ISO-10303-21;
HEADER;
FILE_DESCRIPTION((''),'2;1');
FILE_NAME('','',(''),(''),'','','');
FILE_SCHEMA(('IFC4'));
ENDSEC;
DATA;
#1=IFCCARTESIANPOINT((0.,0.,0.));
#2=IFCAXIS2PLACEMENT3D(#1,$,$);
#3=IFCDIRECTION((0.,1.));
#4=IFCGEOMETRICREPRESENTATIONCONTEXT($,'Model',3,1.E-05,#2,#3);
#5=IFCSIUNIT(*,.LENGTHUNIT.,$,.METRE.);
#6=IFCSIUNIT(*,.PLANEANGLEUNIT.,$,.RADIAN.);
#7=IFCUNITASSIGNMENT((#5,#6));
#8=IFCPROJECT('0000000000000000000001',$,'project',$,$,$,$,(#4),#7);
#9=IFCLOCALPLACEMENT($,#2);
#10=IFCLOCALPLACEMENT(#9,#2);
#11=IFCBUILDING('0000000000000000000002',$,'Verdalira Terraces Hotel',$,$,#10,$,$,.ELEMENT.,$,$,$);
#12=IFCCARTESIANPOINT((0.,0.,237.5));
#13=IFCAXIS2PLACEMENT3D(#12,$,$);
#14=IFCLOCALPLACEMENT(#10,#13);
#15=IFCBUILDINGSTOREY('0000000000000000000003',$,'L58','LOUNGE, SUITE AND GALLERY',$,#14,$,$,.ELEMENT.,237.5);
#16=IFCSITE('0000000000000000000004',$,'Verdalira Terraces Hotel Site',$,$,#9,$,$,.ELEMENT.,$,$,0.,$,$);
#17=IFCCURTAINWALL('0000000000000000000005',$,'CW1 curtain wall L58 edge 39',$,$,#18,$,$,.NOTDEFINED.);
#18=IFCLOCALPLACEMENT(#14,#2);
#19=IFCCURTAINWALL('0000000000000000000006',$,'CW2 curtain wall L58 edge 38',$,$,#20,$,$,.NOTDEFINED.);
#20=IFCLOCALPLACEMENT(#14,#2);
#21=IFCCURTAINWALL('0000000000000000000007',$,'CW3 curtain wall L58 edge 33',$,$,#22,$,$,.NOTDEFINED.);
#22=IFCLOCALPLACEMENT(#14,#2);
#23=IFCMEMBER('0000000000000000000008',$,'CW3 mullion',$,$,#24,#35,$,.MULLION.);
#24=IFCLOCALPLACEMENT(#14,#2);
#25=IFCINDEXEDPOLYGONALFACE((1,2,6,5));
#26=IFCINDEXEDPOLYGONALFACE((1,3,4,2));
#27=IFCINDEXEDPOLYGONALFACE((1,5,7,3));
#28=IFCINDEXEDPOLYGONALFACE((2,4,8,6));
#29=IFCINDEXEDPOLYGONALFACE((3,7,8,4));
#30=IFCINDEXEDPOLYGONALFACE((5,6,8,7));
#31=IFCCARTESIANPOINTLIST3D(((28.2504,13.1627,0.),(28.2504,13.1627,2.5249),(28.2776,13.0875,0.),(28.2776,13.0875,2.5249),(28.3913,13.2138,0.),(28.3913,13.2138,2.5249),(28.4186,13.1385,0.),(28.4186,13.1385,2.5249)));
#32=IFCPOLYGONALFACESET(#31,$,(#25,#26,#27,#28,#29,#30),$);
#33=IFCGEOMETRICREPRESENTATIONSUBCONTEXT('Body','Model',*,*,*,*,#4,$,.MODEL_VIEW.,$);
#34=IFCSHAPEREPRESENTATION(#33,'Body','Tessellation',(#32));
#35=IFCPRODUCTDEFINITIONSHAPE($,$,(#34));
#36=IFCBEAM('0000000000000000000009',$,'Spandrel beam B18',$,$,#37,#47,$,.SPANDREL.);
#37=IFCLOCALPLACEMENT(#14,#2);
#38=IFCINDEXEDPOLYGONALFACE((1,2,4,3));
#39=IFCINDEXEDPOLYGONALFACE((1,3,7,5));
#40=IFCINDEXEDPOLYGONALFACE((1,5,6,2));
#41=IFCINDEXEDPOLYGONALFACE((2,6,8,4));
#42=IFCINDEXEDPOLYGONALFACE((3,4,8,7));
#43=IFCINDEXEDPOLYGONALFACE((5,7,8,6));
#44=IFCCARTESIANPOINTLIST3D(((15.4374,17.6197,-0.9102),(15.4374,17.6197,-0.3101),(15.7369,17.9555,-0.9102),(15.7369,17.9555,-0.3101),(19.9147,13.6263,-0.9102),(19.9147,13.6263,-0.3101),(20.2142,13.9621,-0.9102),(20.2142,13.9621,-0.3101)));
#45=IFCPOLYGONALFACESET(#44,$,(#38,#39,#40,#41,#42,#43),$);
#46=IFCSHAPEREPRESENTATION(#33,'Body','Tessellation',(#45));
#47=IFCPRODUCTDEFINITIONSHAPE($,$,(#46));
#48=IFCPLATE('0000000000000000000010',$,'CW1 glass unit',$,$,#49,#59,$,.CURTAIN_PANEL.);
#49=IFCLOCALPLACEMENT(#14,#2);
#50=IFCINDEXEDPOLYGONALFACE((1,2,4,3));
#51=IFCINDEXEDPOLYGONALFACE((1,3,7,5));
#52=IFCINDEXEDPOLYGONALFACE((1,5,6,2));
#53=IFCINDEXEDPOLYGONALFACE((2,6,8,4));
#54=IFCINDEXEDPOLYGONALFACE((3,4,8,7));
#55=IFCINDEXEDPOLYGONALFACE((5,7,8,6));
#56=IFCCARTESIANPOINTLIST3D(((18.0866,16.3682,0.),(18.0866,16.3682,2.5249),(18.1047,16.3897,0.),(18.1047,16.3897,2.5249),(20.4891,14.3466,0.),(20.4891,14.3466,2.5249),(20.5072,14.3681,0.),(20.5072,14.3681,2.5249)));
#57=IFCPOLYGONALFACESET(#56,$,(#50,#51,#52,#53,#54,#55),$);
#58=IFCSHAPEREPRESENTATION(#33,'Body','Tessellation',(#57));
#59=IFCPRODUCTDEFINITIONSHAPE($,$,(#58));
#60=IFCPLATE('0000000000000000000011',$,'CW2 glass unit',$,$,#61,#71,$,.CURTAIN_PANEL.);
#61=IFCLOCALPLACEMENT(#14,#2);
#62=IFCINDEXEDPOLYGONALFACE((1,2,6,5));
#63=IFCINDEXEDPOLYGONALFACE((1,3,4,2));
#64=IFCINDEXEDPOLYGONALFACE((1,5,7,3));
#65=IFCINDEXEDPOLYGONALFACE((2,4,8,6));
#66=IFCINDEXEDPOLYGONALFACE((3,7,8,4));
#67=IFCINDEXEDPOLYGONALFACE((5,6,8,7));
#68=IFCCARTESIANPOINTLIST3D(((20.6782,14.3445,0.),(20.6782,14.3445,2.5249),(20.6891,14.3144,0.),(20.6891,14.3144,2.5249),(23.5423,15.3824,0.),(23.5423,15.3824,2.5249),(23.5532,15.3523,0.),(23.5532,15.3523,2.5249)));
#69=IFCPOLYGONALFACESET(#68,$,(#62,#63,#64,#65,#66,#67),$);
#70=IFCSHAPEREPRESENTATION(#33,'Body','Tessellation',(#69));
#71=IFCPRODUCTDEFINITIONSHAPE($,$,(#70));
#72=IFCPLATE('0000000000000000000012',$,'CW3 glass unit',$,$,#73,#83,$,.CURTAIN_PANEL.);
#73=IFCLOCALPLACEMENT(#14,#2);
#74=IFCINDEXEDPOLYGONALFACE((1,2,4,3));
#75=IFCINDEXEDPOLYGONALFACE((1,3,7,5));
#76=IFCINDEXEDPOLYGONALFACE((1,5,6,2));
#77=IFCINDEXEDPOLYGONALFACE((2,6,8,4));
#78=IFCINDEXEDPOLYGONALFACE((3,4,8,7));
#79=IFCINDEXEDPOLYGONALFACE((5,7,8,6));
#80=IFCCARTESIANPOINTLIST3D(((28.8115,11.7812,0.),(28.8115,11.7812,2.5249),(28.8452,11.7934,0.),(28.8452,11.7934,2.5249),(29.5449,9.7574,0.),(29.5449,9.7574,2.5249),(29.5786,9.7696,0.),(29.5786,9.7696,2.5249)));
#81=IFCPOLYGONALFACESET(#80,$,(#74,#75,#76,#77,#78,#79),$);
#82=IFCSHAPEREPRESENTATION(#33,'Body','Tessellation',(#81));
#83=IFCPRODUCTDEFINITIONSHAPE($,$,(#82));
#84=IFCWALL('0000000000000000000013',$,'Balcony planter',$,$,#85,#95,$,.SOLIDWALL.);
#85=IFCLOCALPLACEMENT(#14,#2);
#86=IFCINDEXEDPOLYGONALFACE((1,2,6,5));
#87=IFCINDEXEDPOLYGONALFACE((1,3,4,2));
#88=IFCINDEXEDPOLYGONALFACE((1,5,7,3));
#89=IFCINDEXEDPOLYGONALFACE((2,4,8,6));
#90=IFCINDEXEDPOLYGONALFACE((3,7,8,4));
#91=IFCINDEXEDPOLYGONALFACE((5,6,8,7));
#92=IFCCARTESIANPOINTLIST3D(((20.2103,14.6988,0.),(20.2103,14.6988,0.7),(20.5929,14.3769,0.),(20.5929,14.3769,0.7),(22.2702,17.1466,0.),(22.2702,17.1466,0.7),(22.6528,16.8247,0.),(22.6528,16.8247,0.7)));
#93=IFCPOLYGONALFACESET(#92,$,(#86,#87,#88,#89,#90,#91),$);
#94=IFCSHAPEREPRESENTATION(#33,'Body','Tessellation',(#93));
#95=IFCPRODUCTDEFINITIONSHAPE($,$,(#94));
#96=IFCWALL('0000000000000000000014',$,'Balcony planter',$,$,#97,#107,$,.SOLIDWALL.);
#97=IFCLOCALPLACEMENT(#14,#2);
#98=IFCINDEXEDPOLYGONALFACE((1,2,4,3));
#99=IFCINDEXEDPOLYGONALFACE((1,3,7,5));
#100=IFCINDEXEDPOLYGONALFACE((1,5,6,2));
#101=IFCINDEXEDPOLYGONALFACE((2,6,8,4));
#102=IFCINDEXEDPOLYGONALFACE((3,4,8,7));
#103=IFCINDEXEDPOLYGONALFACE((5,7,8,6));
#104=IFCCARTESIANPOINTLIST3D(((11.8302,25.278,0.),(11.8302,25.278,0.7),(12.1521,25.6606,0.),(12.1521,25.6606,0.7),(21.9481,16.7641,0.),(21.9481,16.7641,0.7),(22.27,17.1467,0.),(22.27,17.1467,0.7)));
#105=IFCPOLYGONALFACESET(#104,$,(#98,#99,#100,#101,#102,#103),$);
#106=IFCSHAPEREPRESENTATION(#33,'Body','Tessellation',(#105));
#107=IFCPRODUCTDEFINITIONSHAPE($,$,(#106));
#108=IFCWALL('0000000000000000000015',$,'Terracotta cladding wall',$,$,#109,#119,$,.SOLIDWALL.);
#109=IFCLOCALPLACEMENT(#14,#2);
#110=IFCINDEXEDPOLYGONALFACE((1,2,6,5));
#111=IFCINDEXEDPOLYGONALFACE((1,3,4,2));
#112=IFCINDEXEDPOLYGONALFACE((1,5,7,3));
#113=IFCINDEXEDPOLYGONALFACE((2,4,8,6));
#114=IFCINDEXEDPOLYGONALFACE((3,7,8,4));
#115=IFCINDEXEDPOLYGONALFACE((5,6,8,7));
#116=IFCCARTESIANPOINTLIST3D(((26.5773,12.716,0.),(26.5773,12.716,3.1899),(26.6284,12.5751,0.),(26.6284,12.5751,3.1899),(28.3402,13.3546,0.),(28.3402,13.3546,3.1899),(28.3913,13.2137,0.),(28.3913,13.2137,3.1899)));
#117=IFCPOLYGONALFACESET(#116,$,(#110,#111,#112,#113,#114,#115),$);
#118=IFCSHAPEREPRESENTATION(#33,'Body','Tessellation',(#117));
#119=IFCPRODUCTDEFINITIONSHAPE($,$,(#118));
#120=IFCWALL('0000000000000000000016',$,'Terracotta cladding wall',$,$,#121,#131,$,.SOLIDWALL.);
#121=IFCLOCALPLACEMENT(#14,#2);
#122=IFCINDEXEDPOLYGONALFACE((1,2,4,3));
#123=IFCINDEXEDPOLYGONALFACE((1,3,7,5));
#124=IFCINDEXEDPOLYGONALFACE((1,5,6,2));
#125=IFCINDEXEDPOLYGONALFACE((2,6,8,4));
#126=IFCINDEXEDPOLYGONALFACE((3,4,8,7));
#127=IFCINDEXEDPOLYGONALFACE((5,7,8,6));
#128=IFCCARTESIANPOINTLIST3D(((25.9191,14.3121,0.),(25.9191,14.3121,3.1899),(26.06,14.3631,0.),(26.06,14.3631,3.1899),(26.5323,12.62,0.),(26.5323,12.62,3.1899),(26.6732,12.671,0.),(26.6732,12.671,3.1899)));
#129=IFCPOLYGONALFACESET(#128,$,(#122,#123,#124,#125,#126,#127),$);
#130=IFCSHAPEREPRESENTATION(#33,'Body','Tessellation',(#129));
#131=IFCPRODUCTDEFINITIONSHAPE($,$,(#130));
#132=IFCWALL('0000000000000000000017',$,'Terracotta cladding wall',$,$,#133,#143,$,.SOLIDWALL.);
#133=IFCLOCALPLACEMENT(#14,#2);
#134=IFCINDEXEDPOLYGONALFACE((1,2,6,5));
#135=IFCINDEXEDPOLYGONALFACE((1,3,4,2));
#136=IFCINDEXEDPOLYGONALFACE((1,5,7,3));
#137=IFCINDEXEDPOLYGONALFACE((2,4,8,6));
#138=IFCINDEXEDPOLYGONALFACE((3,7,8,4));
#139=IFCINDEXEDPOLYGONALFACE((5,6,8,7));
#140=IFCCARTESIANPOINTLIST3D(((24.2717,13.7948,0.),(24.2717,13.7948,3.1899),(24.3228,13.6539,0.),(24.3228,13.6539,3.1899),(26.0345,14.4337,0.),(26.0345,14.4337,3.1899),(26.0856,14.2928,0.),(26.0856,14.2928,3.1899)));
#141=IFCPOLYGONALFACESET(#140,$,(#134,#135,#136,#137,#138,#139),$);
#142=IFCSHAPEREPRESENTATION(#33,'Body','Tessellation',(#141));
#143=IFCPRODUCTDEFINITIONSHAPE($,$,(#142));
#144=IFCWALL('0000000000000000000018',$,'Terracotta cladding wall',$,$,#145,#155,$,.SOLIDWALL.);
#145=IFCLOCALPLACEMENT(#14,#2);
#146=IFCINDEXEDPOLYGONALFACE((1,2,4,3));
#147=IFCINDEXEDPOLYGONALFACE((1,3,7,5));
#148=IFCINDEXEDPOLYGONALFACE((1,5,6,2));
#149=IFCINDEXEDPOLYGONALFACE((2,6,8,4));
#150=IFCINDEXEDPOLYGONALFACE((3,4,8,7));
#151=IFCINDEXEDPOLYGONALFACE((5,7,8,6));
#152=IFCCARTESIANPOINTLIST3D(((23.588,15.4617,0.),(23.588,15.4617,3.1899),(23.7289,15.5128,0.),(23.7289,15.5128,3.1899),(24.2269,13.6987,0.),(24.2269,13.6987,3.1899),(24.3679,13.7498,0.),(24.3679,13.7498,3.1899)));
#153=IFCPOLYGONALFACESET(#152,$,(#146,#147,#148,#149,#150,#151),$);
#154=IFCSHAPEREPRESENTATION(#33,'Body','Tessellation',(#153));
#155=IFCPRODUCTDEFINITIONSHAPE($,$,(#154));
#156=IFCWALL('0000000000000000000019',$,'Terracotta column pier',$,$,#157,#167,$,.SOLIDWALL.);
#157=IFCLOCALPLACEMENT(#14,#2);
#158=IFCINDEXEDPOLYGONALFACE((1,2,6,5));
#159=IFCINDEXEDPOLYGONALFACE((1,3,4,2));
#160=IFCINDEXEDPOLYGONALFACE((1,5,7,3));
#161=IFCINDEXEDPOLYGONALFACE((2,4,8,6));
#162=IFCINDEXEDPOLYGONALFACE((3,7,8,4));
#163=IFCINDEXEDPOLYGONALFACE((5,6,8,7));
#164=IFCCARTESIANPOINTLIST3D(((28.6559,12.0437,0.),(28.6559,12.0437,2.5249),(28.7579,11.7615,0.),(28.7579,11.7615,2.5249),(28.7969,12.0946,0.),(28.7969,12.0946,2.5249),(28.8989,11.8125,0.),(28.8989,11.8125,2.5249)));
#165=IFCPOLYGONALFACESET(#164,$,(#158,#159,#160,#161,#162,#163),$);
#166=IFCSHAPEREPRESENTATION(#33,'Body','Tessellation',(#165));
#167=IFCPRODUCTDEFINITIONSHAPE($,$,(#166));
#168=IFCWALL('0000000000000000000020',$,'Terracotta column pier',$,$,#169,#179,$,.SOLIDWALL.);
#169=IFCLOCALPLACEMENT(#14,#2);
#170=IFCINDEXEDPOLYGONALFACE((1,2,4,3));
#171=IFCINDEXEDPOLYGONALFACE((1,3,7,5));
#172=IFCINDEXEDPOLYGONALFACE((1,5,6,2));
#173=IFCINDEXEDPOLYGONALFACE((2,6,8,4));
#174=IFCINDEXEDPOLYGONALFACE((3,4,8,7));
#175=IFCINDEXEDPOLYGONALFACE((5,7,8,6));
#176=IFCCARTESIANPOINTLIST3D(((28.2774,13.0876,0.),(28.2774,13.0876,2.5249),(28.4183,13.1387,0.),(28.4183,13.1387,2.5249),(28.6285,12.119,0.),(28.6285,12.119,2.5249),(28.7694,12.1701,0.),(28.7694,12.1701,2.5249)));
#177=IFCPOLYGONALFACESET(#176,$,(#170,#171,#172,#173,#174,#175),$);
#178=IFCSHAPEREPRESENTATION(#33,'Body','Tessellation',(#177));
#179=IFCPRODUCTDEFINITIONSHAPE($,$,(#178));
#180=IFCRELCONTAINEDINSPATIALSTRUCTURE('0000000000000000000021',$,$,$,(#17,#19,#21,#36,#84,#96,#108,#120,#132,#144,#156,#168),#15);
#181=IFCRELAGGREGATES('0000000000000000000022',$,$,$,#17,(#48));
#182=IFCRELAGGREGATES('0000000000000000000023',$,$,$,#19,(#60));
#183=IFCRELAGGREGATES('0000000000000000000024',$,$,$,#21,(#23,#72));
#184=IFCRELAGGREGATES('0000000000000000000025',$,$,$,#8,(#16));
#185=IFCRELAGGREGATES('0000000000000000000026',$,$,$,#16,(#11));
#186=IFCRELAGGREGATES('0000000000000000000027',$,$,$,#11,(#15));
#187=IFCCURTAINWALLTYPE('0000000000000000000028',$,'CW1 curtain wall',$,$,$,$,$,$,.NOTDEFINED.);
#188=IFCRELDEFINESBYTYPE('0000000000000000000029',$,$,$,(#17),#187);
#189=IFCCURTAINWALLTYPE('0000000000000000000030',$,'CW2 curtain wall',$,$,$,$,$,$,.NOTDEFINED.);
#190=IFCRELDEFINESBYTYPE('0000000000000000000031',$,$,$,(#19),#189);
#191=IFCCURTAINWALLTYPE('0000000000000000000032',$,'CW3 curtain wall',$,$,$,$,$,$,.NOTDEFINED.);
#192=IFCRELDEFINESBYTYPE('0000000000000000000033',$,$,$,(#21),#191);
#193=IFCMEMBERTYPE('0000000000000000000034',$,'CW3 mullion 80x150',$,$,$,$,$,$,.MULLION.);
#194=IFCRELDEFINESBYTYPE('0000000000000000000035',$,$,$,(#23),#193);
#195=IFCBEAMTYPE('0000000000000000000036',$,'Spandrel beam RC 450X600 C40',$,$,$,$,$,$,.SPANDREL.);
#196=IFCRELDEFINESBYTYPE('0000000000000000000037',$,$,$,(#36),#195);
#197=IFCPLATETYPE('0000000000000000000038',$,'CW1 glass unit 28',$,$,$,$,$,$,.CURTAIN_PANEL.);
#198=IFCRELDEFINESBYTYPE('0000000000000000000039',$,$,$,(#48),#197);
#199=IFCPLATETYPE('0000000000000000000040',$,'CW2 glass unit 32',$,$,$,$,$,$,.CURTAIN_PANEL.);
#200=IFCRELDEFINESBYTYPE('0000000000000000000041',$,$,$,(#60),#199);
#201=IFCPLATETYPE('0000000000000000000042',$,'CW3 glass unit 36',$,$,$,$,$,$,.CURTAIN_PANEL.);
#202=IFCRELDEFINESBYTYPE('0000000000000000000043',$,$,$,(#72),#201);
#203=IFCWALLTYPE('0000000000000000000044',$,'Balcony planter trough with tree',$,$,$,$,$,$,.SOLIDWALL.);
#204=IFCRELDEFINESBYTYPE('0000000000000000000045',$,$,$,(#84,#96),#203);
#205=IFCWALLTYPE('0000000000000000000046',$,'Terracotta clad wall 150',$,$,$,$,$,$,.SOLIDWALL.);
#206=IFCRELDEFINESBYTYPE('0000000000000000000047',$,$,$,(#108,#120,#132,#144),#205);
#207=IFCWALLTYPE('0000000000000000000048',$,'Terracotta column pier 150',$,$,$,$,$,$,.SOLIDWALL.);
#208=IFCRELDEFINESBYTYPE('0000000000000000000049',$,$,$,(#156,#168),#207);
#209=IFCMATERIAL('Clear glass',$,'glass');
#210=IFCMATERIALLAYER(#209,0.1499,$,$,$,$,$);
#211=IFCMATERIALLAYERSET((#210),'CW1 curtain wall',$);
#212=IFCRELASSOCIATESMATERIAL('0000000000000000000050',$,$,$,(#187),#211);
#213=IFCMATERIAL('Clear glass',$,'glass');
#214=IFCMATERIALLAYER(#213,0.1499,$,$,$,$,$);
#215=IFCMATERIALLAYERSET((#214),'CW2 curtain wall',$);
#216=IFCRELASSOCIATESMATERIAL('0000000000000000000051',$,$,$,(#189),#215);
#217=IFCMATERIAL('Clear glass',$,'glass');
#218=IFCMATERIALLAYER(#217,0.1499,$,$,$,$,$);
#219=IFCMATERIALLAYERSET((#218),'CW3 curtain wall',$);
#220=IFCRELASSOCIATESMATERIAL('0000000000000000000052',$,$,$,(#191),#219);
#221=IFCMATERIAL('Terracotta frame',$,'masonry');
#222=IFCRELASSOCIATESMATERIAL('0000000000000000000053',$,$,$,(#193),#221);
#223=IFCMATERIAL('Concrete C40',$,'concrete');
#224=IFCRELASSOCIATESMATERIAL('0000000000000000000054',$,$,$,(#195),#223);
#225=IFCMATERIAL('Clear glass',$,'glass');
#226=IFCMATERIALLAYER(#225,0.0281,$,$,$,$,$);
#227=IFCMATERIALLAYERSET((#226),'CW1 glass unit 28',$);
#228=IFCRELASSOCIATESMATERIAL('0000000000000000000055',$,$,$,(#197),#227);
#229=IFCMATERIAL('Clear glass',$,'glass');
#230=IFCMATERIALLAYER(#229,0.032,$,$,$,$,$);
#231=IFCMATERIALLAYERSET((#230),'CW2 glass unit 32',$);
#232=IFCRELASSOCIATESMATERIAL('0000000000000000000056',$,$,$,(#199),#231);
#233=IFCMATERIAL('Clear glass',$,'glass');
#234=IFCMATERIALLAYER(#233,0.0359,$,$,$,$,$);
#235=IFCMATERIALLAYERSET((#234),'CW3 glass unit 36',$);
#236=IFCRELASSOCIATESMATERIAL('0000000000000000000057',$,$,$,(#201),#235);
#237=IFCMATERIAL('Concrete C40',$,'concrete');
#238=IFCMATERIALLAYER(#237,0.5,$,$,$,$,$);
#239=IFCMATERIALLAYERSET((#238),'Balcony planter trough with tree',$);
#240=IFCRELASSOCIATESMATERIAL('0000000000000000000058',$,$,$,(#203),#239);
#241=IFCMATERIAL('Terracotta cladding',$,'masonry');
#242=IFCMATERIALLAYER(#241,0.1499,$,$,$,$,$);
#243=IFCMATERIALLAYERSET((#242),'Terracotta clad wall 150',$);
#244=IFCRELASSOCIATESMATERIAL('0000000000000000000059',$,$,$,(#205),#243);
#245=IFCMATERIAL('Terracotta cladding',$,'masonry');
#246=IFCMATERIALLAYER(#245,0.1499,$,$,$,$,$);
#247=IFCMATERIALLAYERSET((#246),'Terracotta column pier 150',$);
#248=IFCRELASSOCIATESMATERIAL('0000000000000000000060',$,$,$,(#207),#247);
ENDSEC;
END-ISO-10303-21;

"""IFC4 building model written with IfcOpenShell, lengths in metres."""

from ifc_helpers import new_model, si_unit, direction, frame, frame_2d, origin, origin_2d, place, context, subcontext, project, spatial, rectangle, extrude, material, layer, layer_set, material_profile, profile_set, type_object, element, aggregate, save


model = new_model("IFC4")

# Units and contexts
model_context = context("Model", 3, precision=1e-05, world=origin(), true_north=direction((0.0, 1.0)))
body_context = subcontext(model_context, "Body", "Model", "MODEL_VIEW")
ifc_project = project(units=[si_unit("LENGTHUNIT", "METRE"), si_unit("PLANEANGLEUNIT", "RADIAN")], contexts=[model_context])

# Site, building, storey
site_placement = place(None, origin())
site = spatial("IfcSite", under=ifc_project, at=site_placement, Name="Verdalira Terraces Hotel Site", CompositionType="ELEMENT", RefElevation=0.0)
building_placement = place(site_placement, origin())
building = spatial("IfcBuilding", under=site, at=building_placement, Name="Verdalira Terraces Hotel", CompositionType="ELEMENT")
storey_placement = place(building_placement, frame((0.0, 0.0, 237.5)))
storey = spatial("IfcBuildingStorey", under=building, at=storey_placement, Name="L58", Description="LOUNGE, SUITE AND GALLERY", CompositionType="ELEMENT", Elevation=237.5)

# Curtain walls, member
ifc_material_1 = material(Name="Clear glass", Category="glass")
ifc_layer_1 = layer(ifc_material_1, 0.1499)
ifc_layer_set_1 = layer_set([ifc_layer_1], Name="CW1 curtain wall")
curtain_wall_type_1 = type_object("IfcCurtainWallType", Name="CW1 curtain wall", PredefinedType="NOTDEFINED", material=ifc_layer_set_1)
curtain_wall_1_placement = place(storey_placement, origin())
curtain_wall_1 = element("IfcCurtainWall", 1, at=curtain_wall_1_placement, inside=storey, type_object=curtain_wall_type_1, Name="CW1 curtain wall L58 edge 39", PredefinedType="NOTDEFINED")
ifc_material_2 = material(Name="Clear glass", Category="glass")
ifc_layer_2 = layer(ifc_material_2, 0.1499)
ifc_layer_set_2 = layer_set([ifc_layer_2], Name="CW2 curtain wall")
curtain_wall_type_2 = type_object("IfcCurtainWallType", Name="CW2 curtain wall", PredefinedType="NOTDEFINED", material=ifc_layer_set_2)
curtain_wall_2_placement = place(storey_placement, origin())
curtain_wall_2 = element("IfcCurtainWall", 2, at=curtain_wall_2_placement, inside=storey, type_object=curtain_wall_type_2, Name="CW2 curtain wall L58 edge 38", PredefinedType="NOTDEFINED")
ifc_material_3 = material(Name="Clear glass", Category="glass")
ifc_layer_3 = layer(ifc_material_3, 0.1499)
ifc_layer_set_3 = layer_set([ifc_layer_3], Name="CW3 curtain wall")
curtain_wall_type_3 = type_object("IfcCurtainWallType", Name="CW3 curtain wall", PredefinedType="NOTDEFINED", material=ifc_layer_set_3)
curtain_wall_3_placement = place(storey_placement, origin())
curtain_wall_3 = element("IfcCurtainWall", 3, at=curtain_wall_3_placement, inside=storey, type_object=curtain_wall_type_3, Name="CW3 curtain wall L58 edge 33", PredefinedType="NOTDEFINED")
ifc_material_4 = material(Name="Terracotta frame", Category="masonry")
ifc_material_profile_1 = material_profile(ifc_material_4, rectangle(XDim=0.0801, YDim=0.1499, at=origin_2d()), Name="MU 80x150")
ifc_profile_set_1 = profile_set([ifc_material_profile_1], Name="Terracotta frame")
member_type_1 = type_object("IfcMemberType", Name="CW3 mullion 80x150", PredefinedType="MULLION", material=ifc_profile_set_1)
member_1_placement = place(storey_placement, frame((28.3345, 13.1506, 0.0), z_axis=(0.0, 0.0, 1.0), x_axis=(-0.340708, 0.940169, 0.0)))
member_1 = element("IfcMember", 4, at=member_1_placement, type_object=member_type_1, Name="CW3 mullion", PredefinedType="MULLION", context=body_context, shape_type="SweptSolid", body=[
    extrude(rectangle(XDim=0.0801, YDim=0.1499, at=origin_2d()), origin(), (0.0, 0.0, 1.0), 2.5249),
])

# Beam
ifc_material_5 = material(Name="Concrete C40", Category="concrete")
ifc_material_profile_2 = material_profile(ifc_material_5, rectangle(XDim=0.45, YDim=0.6001, at=origin_2d()), Name="RC 450X600")
ifc_profile_set_2 = profile_set([ifc_material_profile_2], Name="Concrete C40")
beam_type_1 = type_object("IfcBeamType", Name="Spandrel beam RC 450X600 C40", PredefinedType="SPANDREL", material=ifc_profile_set_2)
beam_1_placement = place(storey_placement, frame((20.0645, 13.7942, -0.6101), z_axis=(-0.746283, 0.665628, 0.0), x_axis=(-0.665628, -0.746283, 0.0)))
element("IfcBeam", 5, at=beam_1_placement, inside=storey, type_object=beam_type_1, Name="Spandrel beam B18", PredefinedType="SPANDREL", context=body_context, shape_type="SweptSolid", body=[
    extrude(rectangle(XDim=0.45, YDim=0.6001, at=origin_2d()), origin(), (0.0, 0.0, 1.0), 5.9995),
])

# Plates
ifc_material_6 = material(Name="Clear glass", Category="glass")
ifc_layer_4 = layer(ifc_material_6, 0.0281)
ifc_layer_set_4 = layer_set([ifc_layer_4], Name="CW1 glass unit 28")
plate_type_1 = type_object("IfcPlateType", Name="CW1 glass unit 28", PredefinedType="CURTAIN_PANEL", material=ifc_layer_set_4)
plate_1_placement = place(storey_placement, frame((19.2969, 15.3682, 0.0), z_axis=(0.0, 0.0, 1.0), x_axis=(-0.765146, 0.643857, 0.0)))
plate_1 = element("IfcPlate", 6, at=plate_1_placement, type_object=plate_type_1, Name="CW1 glass unit", PredefinedType="CURTAIN_PANEL", context=body_context, shape_type="SweptSolid", body=[
    extrude(rectangle(XDim=3.1399, YDim=0.0281, at=origin_2d()), origin(), (0.0, 0.0, 1.0), 2.5249),
])
aggregate(curtain_wall_1, [plate_1])
ifc_material_7 = material(Name="Clear glass", Category="glass")
ifc_layer_5 = layer(ifc_material_7, 0.032)
ifc_layer_set_5 = layer_set([ifc_layer_5], Name="CW2 glass unit 32")
plate_type_2 = type_object("IfcPlateType", Name="CW2 glass unit 32", PredefinedType="CURTAIN_PANEL", material=ifc_layer_set_5)
plate_2_placement = place(storey_placement, frame((22.1157, 14.8484, 0.0), z_axis=(0.0, 0.0, 1.0), x_axis=(-0.940169, -0.340708, 0.0)))
plate_2 = element("IfcPlate", 7, at=plate_2_placement, type_object=plate_type_2, Name="CW2 glass unit", PredefinedType="CURTAIN_PANEL", context=body_context, shape_type="SweptSolid", body=[
    extrude(rectangle(XDim=3.0464, YDim=0.032, at=origin_2d()), origin(), (0.0, 0.0, 1.0), 2.5249),
])
aggregate(curtain_wall_2, [plate_2])
ifc_material_8 = material(Name="Clear glass", Category="glass")
ifc_layer_6 = layer(ifc_material_8, 0.0359)
ifc_layer_set_6 = layer_set([ifc_layer_6], Name="CW3 glass unit 36")
plate_type_3 = type_object("IfcPlateType", Name="CW3 glass unit 36", PredefinedType="CURTAIN_PANEL", material=ifc_layer_set_6)
plate_3_placement = place(storey_placement, frame((29.1951, 10.7754, 0.0), z_axis=(0.0, 0.0, 1.0), x_axis=(-0.340708, 0.940169, 0.0)))
plate_3 = element("IfcPlate", 8, at=plate_3_placement, type_object=plate_type_3, Name="CW3 glass unit", PredefinedType="CURTAIN_PANEL", context=body_context, shape_type="SweptSolid", body=[
    extrude(rectangle(XDim=2.1526, YDim=0.0359, at=origin_2d()), origin(), (0.0, 0.0, 1.0), 2.5249),
])
aggregate(curtain_wall_3, [member_1, plate_3])

# Walls
ifc_material_9 = material(Name="Concrete C40", Category="concrete")
ifc_layer_7 = layer(ifc_material_9, 0.5)
ifc_layer_set_7 = layer_set([ifc_layer_7], Name="Balcony planter trough with tree")
wall_type_1 = type_object("IfcWallType", Name="Balcony planter trough with tree", PredefinedType="SOLIDWALL", material=ifc_layer_set_7)
wall_1_placement = place(storey_placement, frame((20.4016, 14.5378, 0.0), z_axis=(0.0, 0.0, 1.0), x_axis=(0.64387, 0.765135, 0.0)))
element("IfcWall", 9, at=wall_1_placement, inside=storey, type_object=wall_type_1, Name="Balcony planter", PredefinedType="SOLIDWALL", context=body_context, shape_type="SweptSolid", body=[
    extrude(rectangle(XDim=3.1992, YDim=0.5, at=frame_2d((1.5996, 0.0))), origin(), (0.0, 0.0, 1.0), 0.7),
])
wall_2_placement = place(storey_placement, frame((22.1091, 16.9553, 0.0), z_axis=(0.0, 0.0, 1.0), x_axis=(-0.765151, 0.643851, 0.0)))
element("IfcWall", 10, at=wall_2_placement, inside=storey, type_object=wall_type_1, Name="Balcony planter", PredefinedType="SOLIDWALL", context=body_context, shape_type="SweptSolid", body=[
    extrude(rectangle(XDim=13.2234, YDim=0.5, at=frame_2d((6.6118, 0.0))), origin(), (0.0, 0.0, 1.0), 0.7),
])
ifc_material_10 = material(Name="Terracotta cladding", Category="masonry")
ifc_layer_8 = layer(ifc_material_10, 0.1499)
ifc_layer_set_8 = layer_set([ifc_layer_8], Name="Terracotta clad wall 150")
wall_type_2 = type_object("IfcWallType", Name="Terracotta clad wall 150", PredefinedType="SOLIDWALL", material=ifc_layer_set_8)
wall_3_placement = place(storey_placement, frame((28.3657, 13.2842, 0.0), z_axis=(0.0, 0.0, 1.0), x_axis=(-0.940203, -0.340614, 0.0)))
element("IfcWall", 11, at=wall_3_placement, inside=storey, type_object=wall_type_2, Name="Terracotta cladding wall", PredefinedType="SOLIDWALL", context=body_context, shape_type="SweptSolid", body=[
    extrude(rectangle(XDim=1.875, YDim=0.1499, at=frame_2d((0.9375, 0.0))), origin(), (0.0, 0.0, 1.0), 3.1899),
])
wall_4_placement = place(storey_placement, frame((26.6028, 12.6455, 0.0), z_axis=(0.0, 0.0, 1.0), x_axis=(-0.340741, 0.940157, 0.0)))
element("IfcWall", 12, at=wall_4_placement, inside=storey, type_object=wall_type_2, Name="Terracotta cladding wall", PredefinedType="SOLIDWALL", context=body_context, shape_type="SweptSolid", body=[
    extrude(rectangle(XDim=1.7998, YDim=0.1499, at=frame_2d((0.8999, 0.0))), origin(), (0.0, 0.0, 1.0), 3.1899),
])
wall_5_placement = place(storey_placement, frame((26.0601, 14.3633, 0.0), z_axis=(0.0, 0.0, 1.0), x_axis=(-0.940146, -0.340771, 0.0)))
element("IfcWall", 13, at=wall_5_placement, inside=storey, type_object=wall_type_2, Name="Terracotta cladding wall", PredefinedType="SOLIDWALL", context=body_context, shape_type="SweptSolid", body=[
    extrude(rectangle(XDim=1.875, YDim=0.1499, at=frame_2d((0.9375, 0.0))), origin(), (0.0, 0.0, 1.0), 3.1899),
])
wall_6_placement = place(storey_placement, frame((24.2974, 13.7244, 0.0), z_axis=(0.0, 0.0, 1.0), x_axis=(-0.340729, 0.940162, 0.0)))
element("IfcWall", 14, at=wall_6_placement, inside=storey, type_object=wall_type_2, Name="Terracotta cladding wall", PredefinedType="SOLIDWALL", context=body_context, shape_type="SweptSolid", body=[
    extrude(rectangle(XDim=1.8752, YDim=0.1499, at=frame_2d((0.9375, 0.0))), origin(), (0.0, 0.0, 1.0), 3.1899),
])
ifc_material_11 = material(Name="Terracotta cladding", Category="masonry")
ifc_layer_9 = layer(ifc_material_11, 0.1499)
ifc_layer_set_9 = layer_set([ifc_layer_9], Name="Terracotta column pier 150")
wall_type_3 = type_object("IfcWallType", Name="Terracotta column pier 150", PredefinedType="SOLIDWALL", material=ifc_layer_set_9)
wall_7_placement = place(storey_placement, frame((28.8284, 11.7871, 0.0), z_axis=(0.0, 0.0, 1.0), x_axis=(-0.340044, 0.940409, 0.0)))
element("IfcWall", 15, at=wall_7_placement, inside=storey, type_object=wall_type_3, Name="Terracotta column pier", PredefinedType="SOLIDWALL", context=body_context, shape_type="SweptSolid", body=[
    extrude(rectangle(XDim=0.3, YDim=0.1499, at=frame_2d((0.1499, 0.0))), origin(), (0.0, 0.0, 1.0), 2.5249),
])
wall_8_placement = place(storey_placement, frame((28.699, 12.1445, 0.0), z_axis=(0.0, 0.0, 1.0), x_axis=(-0.340791, 0.940139, 0.0)))
element("IfcWall", 16, at=wall_8_placement, inside=storey, type_object=wall_type_3, Name="Terracotta column pier", PredefinedType="SOLIDWALL", context=body_context, shape_type="SweptSolid", body=[
    extrude(rectangle(XDim=1.0303, YDim=0.1499, at=frame_2d((0.5151, 0.0))), origin(), (0.0, 0.0, 1.0), 2.5249),
])

save(model, "model.ifc")
